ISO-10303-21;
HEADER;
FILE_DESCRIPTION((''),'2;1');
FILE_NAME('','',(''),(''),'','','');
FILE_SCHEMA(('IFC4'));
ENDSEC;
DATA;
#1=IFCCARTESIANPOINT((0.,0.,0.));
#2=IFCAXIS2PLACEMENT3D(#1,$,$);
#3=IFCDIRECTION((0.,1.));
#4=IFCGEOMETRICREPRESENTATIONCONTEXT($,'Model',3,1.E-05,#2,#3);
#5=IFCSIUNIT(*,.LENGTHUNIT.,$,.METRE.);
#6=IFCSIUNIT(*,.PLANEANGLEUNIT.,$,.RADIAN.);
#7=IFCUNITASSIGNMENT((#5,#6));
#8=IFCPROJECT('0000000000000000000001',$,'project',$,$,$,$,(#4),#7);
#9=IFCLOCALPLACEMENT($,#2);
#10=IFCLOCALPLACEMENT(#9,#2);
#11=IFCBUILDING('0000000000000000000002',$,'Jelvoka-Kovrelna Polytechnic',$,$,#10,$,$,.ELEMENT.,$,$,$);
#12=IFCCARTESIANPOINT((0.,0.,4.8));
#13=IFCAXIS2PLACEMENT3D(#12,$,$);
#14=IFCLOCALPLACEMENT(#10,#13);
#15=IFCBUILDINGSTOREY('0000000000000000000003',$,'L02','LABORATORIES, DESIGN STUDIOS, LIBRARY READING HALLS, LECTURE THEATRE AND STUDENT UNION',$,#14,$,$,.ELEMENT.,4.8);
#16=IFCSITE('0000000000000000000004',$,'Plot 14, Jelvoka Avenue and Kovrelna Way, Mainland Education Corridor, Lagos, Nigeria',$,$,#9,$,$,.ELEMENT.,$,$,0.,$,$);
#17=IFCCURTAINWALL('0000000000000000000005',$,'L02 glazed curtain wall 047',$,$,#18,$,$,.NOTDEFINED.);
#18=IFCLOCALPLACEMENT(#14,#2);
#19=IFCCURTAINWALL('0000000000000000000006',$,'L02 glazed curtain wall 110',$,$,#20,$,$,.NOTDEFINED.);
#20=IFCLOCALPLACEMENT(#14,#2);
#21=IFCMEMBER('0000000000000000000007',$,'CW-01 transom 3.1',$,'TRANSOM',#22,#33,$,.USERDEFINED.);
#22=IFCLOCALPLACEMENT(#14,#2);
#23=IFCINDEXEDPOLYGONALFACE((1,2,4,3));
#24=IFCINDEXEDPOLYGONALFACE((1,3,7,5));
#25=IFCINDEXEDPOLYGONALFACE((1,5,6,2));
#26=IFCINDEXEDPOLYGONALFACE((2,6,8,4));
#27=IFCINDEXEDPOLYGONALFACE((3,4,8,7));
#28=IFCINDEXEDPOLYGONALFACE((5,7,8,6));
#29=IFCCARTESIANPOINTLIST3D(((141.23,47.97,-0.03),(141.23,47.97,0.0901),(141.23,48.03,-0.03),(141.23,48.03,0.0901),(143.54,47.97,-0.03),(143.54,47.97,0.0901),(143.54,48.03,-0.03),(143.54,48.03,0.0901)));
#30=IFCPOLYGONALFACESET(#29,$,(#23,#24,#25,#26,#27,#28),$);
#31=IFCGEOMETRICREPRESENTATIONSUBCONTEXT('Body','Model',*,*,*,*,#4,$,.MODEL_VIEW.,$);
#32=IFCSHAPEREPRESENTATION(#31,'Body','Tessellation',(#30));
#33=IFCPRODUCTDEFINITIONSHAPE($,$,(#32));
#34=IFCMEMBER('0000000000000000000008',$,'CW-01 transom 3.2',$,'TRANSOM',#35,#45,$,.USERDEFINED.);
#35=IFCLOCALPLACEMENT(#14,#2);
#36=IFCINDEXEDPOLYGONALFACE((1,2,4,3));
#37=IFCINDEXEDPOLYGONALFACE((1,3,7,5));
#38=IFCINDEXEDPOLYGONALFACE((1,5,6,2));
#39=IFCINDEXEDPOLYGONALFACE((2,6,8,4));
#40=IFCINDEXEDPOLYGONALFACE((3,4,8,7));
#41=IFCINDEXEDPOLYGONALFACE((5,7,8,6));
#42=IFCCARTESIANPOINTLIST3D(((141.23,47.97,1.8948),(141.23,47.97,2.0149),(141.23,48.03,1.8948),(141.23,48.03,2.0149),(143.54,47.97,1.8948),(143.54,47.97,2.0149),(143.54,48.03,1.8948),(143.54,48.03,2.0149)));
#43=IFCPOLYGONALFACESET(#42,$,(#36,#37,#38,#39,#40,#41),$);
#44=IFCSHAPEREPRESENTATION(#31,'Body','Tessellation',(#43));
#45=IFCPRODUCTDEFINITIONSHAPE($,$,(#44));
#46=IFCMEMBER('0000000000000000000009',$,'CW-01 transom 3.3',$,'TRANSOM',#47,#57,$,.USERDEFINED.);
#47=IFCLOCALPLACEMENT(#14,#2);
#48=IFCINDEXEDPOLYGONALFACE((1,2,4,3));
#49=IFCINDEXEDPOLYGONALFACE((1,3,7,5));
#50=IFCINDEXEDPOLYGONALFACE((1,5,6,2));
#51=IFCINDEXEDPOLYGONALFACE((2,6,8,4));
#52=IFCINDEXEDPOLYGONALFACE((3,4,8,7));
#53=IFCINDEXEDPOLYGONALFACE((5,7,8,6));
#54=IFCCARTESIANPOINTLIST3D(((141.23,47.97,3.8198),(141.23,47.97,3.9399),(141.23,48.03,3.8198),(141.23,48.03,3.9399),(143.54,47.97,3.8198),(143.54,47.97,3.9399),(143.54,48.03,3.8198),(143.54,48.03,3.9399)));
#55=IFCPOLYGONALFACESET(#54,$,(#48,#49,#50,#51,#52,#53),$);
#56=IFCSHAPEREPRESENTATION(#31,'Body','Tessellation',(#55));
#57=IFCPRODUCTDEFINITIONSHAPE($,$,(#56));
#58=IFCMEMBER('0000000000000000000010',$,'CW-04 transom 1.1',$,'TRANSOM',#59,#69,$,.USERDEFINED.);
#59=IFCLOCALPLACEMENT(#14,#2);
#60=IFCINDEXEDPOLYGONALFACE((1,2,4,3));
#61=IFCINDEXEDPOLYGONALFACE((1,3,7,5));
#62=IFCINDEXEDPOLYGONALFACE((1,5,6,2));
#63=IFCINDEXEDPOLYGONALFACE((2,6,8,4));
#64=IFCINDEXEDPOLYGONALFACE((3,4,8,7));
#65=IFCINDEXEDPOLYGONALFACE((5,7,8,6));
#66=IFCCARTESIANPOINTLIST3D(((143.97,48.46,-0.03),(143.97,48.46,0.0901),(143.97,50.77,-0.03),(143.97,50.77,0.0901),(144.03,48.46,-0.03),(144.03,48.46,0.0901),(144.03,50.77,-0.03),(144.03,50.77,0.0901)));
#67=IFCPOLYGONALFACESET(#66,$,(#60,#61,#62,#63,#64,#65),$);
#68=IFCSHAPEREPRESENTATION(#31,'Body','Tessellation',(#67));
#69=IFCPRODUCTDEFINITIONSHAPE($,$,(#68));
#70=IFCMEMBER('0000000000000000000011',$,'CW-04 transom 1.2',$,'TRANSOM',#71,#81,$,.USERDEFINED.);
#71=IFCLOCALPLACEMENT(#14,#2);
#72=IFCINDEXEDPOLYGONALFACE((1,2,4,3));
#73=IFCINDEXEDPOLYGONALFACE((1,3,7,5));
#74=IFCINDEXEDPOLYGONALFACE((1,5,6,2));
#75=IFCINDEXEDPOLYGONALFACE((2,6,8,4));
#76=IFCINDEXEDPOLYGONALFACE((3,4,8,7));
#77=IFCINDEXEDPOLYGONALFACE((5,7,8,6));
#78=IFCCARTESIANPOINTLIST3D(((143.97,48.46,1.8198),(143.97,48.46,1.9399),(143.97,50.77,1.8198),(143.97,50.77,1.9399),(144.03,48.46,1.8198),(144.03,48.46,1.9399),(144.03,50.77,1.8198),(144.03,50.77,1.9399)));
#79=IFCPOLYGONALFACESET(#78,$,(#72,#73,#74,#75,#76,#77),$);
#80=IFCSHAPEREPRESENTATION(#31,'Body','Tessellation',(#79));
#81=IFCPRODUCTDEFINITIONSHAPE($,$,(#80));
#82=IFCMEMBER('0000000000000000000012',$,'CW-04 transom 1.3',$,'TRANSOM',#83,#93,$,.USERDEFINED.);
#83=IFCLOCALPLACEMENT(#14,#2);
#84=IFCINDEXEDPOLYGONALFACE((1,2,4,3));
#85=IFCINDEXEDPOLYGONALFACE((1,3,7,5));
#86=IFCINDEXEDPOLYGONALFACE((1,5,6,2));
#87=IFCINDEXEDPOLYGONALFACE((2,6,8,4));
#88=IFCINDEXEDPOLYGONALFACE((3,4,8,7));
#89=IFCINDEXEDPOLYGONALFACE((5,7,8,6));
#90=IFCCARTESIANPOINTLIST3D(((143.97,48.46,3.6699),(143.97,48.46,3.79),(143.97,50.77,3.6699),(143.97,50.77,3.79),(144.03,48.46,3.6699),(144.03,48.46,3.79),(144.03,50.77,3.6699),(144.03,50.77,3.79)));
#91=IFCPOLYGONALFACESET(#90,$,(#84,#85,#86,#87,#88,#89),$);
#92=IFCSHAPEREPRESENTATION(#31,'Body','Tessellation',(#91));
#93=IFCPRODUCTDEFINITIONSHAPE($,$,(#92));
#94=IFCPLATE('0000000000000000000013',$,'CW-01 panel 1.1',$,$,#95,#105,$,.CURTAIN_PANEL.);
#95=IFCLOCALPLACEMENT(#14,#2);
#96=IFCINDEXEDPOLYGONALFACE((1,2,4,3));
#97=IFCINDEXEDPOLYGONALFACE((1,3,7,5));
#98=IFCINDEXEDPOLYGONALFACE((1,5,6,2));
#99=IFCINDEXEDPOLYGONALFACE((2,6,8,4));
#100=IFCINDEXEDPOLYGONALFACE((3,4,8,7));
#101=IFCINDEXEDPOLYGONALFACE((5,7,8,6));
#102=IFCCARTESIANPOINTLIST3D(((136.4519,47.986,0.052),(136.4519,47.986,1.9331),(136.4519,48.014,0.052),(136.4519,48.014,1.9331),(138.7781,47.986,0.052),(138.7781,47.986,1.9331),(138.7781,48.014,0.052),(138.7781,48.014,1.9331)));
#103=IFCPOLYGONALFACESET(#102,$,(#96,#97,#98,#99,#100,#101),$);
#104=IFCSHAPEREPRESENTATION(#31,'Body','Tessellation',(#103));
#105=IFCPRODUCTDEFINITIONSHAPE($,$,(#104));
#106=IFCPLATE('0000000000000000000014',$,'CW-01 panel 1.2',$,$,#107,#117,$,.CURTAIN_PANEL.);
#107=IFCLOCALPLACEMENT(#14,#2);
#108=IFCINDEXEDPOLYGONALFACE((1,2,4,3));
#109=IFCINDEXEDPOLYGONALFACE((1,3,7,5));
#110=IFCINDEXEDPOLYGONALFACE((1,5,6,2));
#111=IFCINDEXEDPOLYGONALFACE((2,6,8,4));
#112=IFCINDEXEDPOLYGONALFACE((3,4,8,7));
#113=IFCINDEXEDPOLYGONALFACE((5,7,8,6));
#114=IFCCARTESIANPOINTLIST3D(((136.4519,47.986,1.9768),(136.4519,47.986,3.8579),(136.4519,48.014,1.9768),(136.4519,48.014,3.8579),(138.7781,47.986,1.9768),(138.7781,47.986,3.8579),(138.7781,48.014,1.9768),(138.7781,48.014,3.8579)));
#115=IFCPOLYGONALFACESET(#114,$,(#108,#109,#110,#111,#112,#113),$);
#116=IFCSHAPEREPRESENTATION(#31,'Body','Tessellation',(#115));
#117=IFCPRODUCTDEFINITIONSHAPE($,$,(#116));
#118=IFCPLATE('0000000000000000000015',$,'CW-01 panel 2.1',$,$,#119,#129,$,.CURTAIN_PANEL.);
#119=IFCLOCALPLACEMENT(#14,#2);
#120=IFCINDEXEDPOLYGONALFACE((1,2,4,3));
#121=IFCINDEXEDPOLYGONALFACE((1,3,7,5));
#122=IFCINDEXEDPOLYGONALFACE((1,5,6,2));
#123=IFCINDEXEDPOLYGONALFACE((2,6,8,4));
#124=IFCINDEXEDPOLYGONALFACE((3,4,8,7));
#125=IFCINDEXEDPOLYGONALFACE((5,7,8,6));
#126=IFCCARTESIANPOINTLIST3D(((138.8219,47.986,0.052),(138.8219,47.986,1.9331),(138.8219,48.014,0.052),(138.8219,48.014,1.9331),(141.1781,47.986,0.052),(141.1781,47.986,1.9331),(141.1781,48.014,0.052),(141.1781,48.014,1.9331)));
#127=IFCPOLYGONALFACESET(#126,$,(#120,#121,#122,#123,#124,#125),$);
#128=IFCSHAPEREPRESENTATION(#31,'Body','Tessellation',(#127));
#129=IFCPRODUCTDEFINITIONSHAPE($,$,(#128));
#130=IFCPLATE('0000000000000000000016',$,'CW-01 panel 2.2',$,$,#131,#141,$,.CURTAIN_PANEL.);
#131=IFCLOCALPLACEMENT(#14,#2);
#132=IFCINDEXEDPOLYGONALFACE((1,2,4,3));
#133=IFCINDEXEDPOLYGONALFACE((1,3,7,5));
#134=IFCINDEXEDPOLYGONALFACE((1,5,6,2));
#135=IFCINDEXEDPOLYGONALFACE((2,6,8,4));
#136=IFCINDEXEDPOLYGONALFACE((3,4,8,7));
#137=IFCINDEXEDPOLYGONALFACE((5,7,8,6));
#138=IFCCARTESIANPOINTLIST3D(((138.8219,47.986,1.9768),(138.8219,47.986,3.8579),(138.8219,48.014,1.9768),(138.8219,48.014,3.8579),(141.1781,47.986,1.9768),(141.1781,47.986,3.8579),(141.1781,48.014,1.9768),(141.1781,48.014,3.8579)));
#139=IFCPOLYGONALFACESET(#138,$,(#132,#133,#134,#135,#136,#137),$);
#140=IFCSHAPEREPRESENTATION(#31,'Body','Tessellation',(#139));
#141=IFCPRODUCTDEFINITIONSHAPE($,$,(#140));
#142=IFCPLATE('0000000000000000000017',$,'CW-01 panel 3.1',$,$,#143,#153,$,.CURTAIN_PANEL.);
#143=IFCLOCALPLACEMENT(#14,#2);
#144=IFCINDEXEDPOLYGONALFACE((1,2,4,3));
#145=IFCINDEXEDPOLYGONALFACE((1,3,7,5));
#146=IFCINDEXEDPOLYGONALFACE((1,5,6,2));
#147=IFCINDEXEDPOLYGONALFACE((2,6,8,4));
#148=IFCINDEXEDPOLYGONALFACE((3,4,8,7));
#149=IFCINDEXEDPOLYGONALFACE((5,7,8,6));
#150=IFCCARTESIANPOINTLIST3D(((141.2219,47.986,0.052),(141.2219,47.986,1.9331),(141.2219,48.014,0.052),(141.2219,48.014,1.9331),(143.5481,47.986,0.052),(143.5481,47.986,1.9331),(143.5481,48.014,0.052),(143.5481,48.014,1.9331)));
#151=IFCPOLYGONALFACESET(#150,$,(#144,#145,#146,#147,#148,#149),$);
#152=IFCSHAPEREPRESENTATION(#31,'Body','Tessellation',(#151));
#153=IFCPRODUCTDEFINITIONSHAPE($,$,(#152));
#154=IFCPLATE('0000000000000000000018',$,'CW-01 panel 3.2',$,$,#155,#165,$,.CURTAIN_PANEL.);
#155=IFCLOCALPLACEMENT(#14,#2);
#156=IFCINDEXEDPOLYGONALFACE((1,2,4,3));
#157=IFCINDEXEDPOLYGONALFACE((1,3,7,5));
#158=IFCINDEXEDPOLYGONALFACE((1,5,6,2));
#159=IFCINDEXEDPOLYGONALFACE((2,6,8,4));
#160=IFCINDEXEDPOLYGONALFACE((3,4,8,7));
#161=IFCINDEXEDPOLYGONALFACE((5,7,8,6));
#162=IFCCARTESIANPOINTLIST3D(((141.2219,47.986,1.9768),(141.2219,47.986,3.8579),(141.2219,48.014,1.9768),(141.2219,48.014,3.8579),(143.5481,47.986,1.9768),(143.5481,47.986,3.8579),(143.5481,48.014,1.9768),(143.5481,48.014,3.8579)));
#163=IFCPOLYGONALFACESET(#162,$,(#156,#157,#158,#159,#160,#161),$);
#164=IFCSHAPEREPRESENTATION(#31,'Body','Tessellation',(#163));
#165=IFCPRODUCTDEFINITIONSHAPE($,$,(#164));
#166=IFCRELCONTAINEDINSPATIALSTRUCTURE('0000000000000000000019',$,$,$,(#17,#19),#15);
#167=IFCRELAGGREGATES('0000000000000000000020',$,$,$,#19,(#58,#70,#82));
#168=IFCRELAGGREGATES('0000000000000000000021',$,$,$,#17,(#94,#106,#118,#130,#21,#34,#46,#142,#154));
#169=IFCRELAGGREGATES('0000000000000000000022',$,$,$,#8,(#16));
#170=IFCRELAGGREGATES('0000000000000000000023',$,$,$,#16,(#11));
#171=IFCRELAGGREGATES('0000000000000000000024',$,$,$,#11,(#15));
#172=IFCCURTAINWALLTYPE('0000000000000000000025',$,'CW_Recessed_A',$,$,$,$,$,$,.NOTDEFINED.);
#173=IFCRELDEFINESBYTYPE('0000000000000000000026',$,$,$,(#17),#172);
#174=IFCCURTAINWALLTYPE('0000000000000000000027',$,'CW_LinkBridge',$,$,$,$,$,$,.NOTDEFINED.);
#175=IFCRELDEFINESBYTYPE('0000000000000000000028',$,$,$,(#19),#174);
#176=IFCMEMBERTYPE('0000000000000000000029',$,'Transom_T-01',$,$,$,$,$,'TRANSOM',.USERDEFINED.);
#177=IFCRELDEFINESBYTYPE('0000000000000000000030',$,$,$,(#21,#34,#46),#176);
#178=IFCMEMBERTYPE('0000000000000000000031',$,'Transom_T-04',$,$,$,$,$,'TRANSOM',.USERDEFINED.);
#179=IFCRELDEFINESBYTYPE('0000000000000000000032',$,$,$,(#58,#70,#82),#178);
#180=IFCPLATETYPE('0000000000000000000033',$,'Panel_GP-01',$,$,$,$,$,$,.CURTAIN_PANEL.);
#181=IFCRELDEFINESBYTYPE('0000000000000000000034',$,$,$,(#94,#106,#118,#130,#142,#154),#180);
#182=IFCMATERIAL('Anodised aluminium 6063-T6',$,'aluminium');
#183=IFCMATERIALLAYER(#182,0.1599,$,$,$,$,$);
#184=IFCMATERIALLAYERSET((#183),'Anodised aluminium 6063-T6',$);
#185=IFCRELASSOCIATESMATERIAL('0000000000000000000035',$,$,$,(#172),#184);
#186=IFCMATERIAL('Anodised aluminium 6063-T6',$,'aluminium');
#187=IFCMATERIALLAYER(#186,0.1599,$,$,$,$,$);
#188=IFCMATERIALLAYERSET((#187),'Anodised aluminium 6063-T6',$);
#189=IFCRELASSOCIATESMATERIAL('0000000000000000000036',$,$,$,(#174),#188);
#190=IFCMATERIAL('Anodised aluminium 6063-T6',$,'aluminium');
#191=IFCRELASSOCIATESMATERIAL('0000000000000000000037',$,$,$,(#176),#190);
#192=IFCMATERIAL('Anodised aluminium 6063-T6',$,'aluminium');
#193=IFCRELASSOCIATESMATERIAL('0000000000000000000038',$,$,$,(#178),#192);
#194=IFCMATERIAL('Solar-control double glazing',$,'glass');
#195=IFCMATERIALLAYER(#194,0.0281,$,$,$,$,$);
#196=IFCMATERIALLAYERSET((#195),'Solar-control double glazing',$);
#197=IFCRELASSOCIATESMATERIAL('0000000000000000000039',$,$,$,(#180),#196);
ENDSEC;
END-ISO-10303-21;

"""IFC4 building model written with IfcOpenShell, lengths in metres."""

from ifc_helpers import new_model, si_unit, direction, frame, origin, origin_2d, place, context, subcontext, project, spatial, rectangle, extrude, material, layer, layer_set, material_profile, profile_set, type_object, element, aggregate, save


model = new_model("IFC4")

# Units and contexts
model_context = context("Model", 3, precision=1e-05, world=origin(), true_north=direction((0.0, 1.0)))
body_context = subcontext(model_context, "Body", "Model", "MODEL_VIEW")
ifc_project = project(units=[si_unit("LENGTHUNIT", "METRE"), si_unit("PLANEANGLEUNIT", "RADIAN")], contexts=[model_context])

# Site, building, storey
site_placement = place(None, origin())
site = spatial("IfcSite", under=ifc_project, at=site_placement, Name="Plot 14, Jelvoka Avenue and Kovrelna Way, Mainland Education Corridor, Lagos, Nigeria", CompositionType="ELEMENT", RefElevation=0.0)
building_placement = place(site_placement, origin())
building = spatial("IfcBuilding", under=site, at=building_placement, Name="Jelvoka-Kovrelna Polytechnic", CompositionType="ELEMENT")
storey_placement = place(building_placement, frame((0.0, 0.0, 4.8)))
storey = spatial("IfcBuildingStorey", under=building, at=storey_placement, Name="L02", Description="LABORATORIES, DESIGN STUDIOS, LIBRARY READING HALLS, LECTURE THEATRE AND STUDENT UNION", CompositionType="ELEMENT", Elevation=4.8)

# Curtain wall
ifc_material_1 = material(Name="Anodised aluminium 6063-T6", Category="aluminium")
ifc_layer_1 = layer(ifc_material_1, 0.1599)
ifc_layer_set_1 = layer_set([ifc_layer_1], Name="Anodised aluminium 6063-T6")
curtain_wall_type_1 = type_object("IfcCurtainWallType", Name="CW_Recessed_A", PredefinedType="NOTDEFINED", material=ifc_layer_set_1)
curtain_wall_1_placement = place(storey_placement, origin())
curtain_wall_1 = element("IfcCurtainWall", 1, at=curtain_wall_1_placement, inside=storey, type_object=curtain_wall_type_1, Name="L02 glazed curtain wall 047", PredefinedType="NOTDEFINED")

# Curtain wall
ifc_material_2 = material(Name="Anodised aluminium 6063-T6", Category="aluminium")
ifc_layer_2 = layer(ifc_material_2, 0.1599)
ifc_layer_set_2 = layer_set([ifc_layer_2], Name="Anodised aluminium 6063-T6")
curtain_wall_type_2 = type_object("IfcCurtainWallType", Name="CW_LinkBridge", PredefinedType="NOTDEFINED", material=ifc_layer_set_2)
curtain_wall_2_placement = place(storey_placement, origin())
curtain_wall_2 = element("IfcCurtainWall", 2, at=curtain_wall_2_placement, inside=storey, type_object=curtain_wall_type_2, Name="L02 glazed curtain wall 110", PredefinedType="NOTDEFINED")

# Members
ifc_material_3 = material(Name="Anodised aluminium 6063-T6", Category="aluminium")
ifc_material_profile_1 = material_profile(ifc_material_3, rectangle(XDim=0.0601, YDim=0.1201, at=origin_2d()), Name="ALU 60x120")
ifc_profile_set_1 = profile_set([ifc_material_profile_1], Name="Anodised aluminium 6063-T6")
member_type_1 = type_object("IfcMemberType", Name="Transom_T-01", ElementType="TRANSOM", PredefinedType="USERDEFINED", material=ifc_profile_set_1)
member_1_placement = place(storey_placement, frame((141.23, 48.0, 0.03), z_axis=(1.0, 0.0, 0.0), x_axis=(0.0, 1.0, 0.0)))
member_1 = element("IfcMember", 3, at=member_1_placement, type_object=member_type_1, Name="CW-01 transom 3.1", ObjectType="TRANSOM", PredefinedType="USERDEFINED", context=body_context, shape_type="SweptSolid", body=[
    extrude(rectangle(XDim=0.0601, YDim=0.1201, at=origin_2d()), origin(), (0.0, 0.0, 1.0), 2.3101),
])
member_2_placement = place(storey_placement, frame((141.23, 48.0, 1.9548), z_axis=(1.0, 0.0, 0.0), x_axis=(0.0, 1.0, 0.0)))
member_2 = element("IfcMember", 4, at=member_2_placement, type_object=member_type_1, Name="CW-01 transom 3.2", ObjectType="TRANSOM", PredefinedType="USERDEFINED", context=body_context, shape_type="SweptSolid", body=[
    extrude(rectangle(XDim=0.0601, YDim=0.1201, at=origin_2d()), origin(), (0.0, 0.0, 1.0), 2.3101),
])
member_3_placement = place(storey_placement, frame((141.23, 48.0, 3.8799), z_axis=(1.0, 0.0, 0.0), x_axis=(0.0, 1.0, 0.0)))
member_3 = element("IfcMember", 5, at=member_3_placement, type_object=member_type_1, Name="CW-01 transom 3.3", ObjectType="TRANSOM", PredefinedType="USERDEFINED", context=body_context, shape_type="SweptSolid", body=[
    extrude(rectangle(XDim=0.0601, YDim=0.1201, at=origin_2d()), origin(), (0.0, 0.0, 1.0), 2.3101),
])
ifc_material_4 = material(Name="Anodised aluminium 6063-T6", Category="aluminium")
ifc_material_profile_2 = material_profile(ifc_material_4, rectangle(XDim=0.0601, YDim=0.1201, at=origin_2d()), Name="ALU 60x120")
ifc_profile_set_2 = profile_set([ifc_material_profile_2], Name="Anodised aluminium 6063-T6")
member_type_2 = type_object("IfcMemberType", Name="Transom_T-04", ElementType="TRANSOM", PredefinedType="USERDEFINED", material=ifc_profile_set_2)
member_4_placement = place(storey_placement, frame((144.0, 48.46, 0.03), z_axis=(0.0, 1.0, 0.0), x_axis=(-1.0, 0.0, 0.0)))
member_4 = element("IfcMember", 6, at=member_4_placement, type_object=member_type_2, Name="CW-04 transom 1.1", ObjectType="TRANSOM", PredefinedType="USERDEFINED", context=body_context, shape_type="SweptSolid", body=[
    extrude(rectangle(XDim=0.0601, YDim=0.1201, at=origin_2d()), origin(), (0.0, 0.0, 1.0), 2.3101),
])
member_5_placement = place(storey_placement, frame((144.0, 48.46, 1.8799), z_axis=(0.0, 1.0, 0.0), x_axis=(-1.0, 0.0, 0.0)))
member_5 = element("IfcMember", 7, at=member_5_placement, type_object=member_type_2, Name="CW-04 transom 1.2", ObjectType="TRANSOM", PredefinedType="USERDEFINED", context=body_context, shape_type="SweptSolid", body=[
    extrude(rectangle(XDim=0.0601, YDim=0.1201, at=origin_2d()), origin(), (0.0, 0.0, 1.0), 2.3101),
])
member_6_placement = place(storey_placement, frame((144.0, 48.46, 3.73), z_axis=(0.0, 1.0, 0.0), x_axis=(-1.0, 0.0, 0.0)))
member_6 = element("IfcMember", 8, at=member_6_placement, type_object=member_type_2, Name="CW-04 transom 1.3", ObjectType="TRANSOM", PredefinedType="USERDEFINED", context=body_context, shape_type="SweptSolid", body=[
    extrude(rectangle(XDim=0.0601, YDim=0.1201, at=origin_2d()), origin(), (0.0, 0.0, 1.0), 2.3101),
])
aggregate(curtain_wall_2, [member_4, member_5, member_6])

# Plates
ifc_material_5 = material(Name="Solar-control double glazing", Category="glass")
ifc_layer_3 = layer(ifc_material_5, 0.0281)
ifc_layer_set_3 = layer_set([ifc_layer_3], Name="Solar-control double glazing")
plate_type = type_object("IfcPlateType", Name="Panel_GP-01", PredefinedType="CURTAIN_PANEL", material=ifc_layer_set_3)
plate_1_placement = place(storey_placement, frame((137.615, 48.0, 0.052), z_axis=(0.0, 0.0, 1.0), x_axis=(1.0, 0.0, 0.0)))
plate_1 = element("IfcPlate", 9, at=plate_1_placement, type_object=plate_type, Name="CW-01 panel 1.1", PredefinedType="CURTAIN_PANEL", context=body_context, shape_type="SweptSolid", body=[
    extrude(rectangle(XDim=2.3262, YDim=0.0281, at=origin_2d()), origin(), (0.0, 0.0, 1.0), 1.8811),
])
plate_2_placement = place(storey_placement, frame((137.615, 48.0, 1.9768), z_axis=(0.0, 0.0, 1.0), x_axis=(1.0, 0.0, 0.0)))
plate_2 = element("IfcPlate", 10, at=plate_2_placement, type_object=plate_type, Name="CW-01 panel 1.2", PredefinedType="CURTAIN_PANEL", context=body_context, shape_type="SweptSolid", body=[
    extrude(rectangle(XDim=2.3262, YDim=0.0281, at=origin_2d()), origin(), (0.0, 0.0, 1.0), 1.8811),
])
plate_3_placement = place(storey_placement, frame((140.0, 48.0, 0.052), z_axis=(0.0, 0.0, 1.0), x_axis=(1.0, 0.0, 0.0)))
plate_3 = element("IfcPlate", 11, at=plate_3_placement, type_object=plate_type, Name="CW-01 panel 2.1", PredefinedType="CURTAIN_PANEL", context=body_context, shape_type="SweptSolid", body=[
    extrude(rectangle(XDim=2.3562, YDim=0.0281, at=origin_2d()), origin(), (0.0, 0.0, 1.0), 1.8811),
])
plate_4_placement = place(storey_placement, frame((140.0, 48.0, 1.9768), z_axis=(0.0, 0.0, 1.0), x_axis=(1.0, 0.0, 0.0)))
plate_4 = element("IfcPlate", 12, at=plate_4_placement, type_object=plate_type, Name="CW-01 panel 2.2", PredefinedType="CURTAIN_PANEL", context=body_context, shape_type="SweptSolid", body=[
    extrude(rectangle(XDim=2.3562, YDim=0.0281, at=origin_2d()), origin(), (0.0, 0.0, 1.0), 1.8811),
])
plate_5_placement = place(storey_placement, frame((142.385, 48.0, 0.052), z_axis=(0.0, 0.0, 1.0), x_axis=(1.0, 0.0, 0.0)))
plate_5 = element("IfcPlate", 13, at=plate_5_placement, type_object=plate_type, Name="CW-01 panel 3.1", PredefinedType="CURTAIN_PANEL", context=body_context, shape_type="SweptSolid", body=[
    extrude(rectangle(XDim=2.3262, YDim=0.0281, at=origin_2d()), origin(), (0.0, 0.0, 1.0), 1.8811),
])
plate_6_placement = place(storey_placement, frame((142.385, 48.0, 1.9768), z_axis=(0.0, 0.0, 1.0), x_axis=(1.0, 0.0, 0.0)))
plate_6 = element("IfcPlate", 14, at=plate_6_placement, type_object=plate_type, Name="CW-01 panel 3.2", PredefinedType="CURTAIN_PANEL", context=body_context, shape_type="SweptSolid", body=[
    extrude(rectangle(XDim=2.3262, YDim=0.0281, at=origin_2d()), origin(), (0.0, 0.0, 1.0), 1.8811),
])
aggregate(curtain_wall_1, [plate_1, plate_2, plate_3, plate_4, member_1, member_2, member_3, plate_5, plate_6])

save(model, "model.ifc")
